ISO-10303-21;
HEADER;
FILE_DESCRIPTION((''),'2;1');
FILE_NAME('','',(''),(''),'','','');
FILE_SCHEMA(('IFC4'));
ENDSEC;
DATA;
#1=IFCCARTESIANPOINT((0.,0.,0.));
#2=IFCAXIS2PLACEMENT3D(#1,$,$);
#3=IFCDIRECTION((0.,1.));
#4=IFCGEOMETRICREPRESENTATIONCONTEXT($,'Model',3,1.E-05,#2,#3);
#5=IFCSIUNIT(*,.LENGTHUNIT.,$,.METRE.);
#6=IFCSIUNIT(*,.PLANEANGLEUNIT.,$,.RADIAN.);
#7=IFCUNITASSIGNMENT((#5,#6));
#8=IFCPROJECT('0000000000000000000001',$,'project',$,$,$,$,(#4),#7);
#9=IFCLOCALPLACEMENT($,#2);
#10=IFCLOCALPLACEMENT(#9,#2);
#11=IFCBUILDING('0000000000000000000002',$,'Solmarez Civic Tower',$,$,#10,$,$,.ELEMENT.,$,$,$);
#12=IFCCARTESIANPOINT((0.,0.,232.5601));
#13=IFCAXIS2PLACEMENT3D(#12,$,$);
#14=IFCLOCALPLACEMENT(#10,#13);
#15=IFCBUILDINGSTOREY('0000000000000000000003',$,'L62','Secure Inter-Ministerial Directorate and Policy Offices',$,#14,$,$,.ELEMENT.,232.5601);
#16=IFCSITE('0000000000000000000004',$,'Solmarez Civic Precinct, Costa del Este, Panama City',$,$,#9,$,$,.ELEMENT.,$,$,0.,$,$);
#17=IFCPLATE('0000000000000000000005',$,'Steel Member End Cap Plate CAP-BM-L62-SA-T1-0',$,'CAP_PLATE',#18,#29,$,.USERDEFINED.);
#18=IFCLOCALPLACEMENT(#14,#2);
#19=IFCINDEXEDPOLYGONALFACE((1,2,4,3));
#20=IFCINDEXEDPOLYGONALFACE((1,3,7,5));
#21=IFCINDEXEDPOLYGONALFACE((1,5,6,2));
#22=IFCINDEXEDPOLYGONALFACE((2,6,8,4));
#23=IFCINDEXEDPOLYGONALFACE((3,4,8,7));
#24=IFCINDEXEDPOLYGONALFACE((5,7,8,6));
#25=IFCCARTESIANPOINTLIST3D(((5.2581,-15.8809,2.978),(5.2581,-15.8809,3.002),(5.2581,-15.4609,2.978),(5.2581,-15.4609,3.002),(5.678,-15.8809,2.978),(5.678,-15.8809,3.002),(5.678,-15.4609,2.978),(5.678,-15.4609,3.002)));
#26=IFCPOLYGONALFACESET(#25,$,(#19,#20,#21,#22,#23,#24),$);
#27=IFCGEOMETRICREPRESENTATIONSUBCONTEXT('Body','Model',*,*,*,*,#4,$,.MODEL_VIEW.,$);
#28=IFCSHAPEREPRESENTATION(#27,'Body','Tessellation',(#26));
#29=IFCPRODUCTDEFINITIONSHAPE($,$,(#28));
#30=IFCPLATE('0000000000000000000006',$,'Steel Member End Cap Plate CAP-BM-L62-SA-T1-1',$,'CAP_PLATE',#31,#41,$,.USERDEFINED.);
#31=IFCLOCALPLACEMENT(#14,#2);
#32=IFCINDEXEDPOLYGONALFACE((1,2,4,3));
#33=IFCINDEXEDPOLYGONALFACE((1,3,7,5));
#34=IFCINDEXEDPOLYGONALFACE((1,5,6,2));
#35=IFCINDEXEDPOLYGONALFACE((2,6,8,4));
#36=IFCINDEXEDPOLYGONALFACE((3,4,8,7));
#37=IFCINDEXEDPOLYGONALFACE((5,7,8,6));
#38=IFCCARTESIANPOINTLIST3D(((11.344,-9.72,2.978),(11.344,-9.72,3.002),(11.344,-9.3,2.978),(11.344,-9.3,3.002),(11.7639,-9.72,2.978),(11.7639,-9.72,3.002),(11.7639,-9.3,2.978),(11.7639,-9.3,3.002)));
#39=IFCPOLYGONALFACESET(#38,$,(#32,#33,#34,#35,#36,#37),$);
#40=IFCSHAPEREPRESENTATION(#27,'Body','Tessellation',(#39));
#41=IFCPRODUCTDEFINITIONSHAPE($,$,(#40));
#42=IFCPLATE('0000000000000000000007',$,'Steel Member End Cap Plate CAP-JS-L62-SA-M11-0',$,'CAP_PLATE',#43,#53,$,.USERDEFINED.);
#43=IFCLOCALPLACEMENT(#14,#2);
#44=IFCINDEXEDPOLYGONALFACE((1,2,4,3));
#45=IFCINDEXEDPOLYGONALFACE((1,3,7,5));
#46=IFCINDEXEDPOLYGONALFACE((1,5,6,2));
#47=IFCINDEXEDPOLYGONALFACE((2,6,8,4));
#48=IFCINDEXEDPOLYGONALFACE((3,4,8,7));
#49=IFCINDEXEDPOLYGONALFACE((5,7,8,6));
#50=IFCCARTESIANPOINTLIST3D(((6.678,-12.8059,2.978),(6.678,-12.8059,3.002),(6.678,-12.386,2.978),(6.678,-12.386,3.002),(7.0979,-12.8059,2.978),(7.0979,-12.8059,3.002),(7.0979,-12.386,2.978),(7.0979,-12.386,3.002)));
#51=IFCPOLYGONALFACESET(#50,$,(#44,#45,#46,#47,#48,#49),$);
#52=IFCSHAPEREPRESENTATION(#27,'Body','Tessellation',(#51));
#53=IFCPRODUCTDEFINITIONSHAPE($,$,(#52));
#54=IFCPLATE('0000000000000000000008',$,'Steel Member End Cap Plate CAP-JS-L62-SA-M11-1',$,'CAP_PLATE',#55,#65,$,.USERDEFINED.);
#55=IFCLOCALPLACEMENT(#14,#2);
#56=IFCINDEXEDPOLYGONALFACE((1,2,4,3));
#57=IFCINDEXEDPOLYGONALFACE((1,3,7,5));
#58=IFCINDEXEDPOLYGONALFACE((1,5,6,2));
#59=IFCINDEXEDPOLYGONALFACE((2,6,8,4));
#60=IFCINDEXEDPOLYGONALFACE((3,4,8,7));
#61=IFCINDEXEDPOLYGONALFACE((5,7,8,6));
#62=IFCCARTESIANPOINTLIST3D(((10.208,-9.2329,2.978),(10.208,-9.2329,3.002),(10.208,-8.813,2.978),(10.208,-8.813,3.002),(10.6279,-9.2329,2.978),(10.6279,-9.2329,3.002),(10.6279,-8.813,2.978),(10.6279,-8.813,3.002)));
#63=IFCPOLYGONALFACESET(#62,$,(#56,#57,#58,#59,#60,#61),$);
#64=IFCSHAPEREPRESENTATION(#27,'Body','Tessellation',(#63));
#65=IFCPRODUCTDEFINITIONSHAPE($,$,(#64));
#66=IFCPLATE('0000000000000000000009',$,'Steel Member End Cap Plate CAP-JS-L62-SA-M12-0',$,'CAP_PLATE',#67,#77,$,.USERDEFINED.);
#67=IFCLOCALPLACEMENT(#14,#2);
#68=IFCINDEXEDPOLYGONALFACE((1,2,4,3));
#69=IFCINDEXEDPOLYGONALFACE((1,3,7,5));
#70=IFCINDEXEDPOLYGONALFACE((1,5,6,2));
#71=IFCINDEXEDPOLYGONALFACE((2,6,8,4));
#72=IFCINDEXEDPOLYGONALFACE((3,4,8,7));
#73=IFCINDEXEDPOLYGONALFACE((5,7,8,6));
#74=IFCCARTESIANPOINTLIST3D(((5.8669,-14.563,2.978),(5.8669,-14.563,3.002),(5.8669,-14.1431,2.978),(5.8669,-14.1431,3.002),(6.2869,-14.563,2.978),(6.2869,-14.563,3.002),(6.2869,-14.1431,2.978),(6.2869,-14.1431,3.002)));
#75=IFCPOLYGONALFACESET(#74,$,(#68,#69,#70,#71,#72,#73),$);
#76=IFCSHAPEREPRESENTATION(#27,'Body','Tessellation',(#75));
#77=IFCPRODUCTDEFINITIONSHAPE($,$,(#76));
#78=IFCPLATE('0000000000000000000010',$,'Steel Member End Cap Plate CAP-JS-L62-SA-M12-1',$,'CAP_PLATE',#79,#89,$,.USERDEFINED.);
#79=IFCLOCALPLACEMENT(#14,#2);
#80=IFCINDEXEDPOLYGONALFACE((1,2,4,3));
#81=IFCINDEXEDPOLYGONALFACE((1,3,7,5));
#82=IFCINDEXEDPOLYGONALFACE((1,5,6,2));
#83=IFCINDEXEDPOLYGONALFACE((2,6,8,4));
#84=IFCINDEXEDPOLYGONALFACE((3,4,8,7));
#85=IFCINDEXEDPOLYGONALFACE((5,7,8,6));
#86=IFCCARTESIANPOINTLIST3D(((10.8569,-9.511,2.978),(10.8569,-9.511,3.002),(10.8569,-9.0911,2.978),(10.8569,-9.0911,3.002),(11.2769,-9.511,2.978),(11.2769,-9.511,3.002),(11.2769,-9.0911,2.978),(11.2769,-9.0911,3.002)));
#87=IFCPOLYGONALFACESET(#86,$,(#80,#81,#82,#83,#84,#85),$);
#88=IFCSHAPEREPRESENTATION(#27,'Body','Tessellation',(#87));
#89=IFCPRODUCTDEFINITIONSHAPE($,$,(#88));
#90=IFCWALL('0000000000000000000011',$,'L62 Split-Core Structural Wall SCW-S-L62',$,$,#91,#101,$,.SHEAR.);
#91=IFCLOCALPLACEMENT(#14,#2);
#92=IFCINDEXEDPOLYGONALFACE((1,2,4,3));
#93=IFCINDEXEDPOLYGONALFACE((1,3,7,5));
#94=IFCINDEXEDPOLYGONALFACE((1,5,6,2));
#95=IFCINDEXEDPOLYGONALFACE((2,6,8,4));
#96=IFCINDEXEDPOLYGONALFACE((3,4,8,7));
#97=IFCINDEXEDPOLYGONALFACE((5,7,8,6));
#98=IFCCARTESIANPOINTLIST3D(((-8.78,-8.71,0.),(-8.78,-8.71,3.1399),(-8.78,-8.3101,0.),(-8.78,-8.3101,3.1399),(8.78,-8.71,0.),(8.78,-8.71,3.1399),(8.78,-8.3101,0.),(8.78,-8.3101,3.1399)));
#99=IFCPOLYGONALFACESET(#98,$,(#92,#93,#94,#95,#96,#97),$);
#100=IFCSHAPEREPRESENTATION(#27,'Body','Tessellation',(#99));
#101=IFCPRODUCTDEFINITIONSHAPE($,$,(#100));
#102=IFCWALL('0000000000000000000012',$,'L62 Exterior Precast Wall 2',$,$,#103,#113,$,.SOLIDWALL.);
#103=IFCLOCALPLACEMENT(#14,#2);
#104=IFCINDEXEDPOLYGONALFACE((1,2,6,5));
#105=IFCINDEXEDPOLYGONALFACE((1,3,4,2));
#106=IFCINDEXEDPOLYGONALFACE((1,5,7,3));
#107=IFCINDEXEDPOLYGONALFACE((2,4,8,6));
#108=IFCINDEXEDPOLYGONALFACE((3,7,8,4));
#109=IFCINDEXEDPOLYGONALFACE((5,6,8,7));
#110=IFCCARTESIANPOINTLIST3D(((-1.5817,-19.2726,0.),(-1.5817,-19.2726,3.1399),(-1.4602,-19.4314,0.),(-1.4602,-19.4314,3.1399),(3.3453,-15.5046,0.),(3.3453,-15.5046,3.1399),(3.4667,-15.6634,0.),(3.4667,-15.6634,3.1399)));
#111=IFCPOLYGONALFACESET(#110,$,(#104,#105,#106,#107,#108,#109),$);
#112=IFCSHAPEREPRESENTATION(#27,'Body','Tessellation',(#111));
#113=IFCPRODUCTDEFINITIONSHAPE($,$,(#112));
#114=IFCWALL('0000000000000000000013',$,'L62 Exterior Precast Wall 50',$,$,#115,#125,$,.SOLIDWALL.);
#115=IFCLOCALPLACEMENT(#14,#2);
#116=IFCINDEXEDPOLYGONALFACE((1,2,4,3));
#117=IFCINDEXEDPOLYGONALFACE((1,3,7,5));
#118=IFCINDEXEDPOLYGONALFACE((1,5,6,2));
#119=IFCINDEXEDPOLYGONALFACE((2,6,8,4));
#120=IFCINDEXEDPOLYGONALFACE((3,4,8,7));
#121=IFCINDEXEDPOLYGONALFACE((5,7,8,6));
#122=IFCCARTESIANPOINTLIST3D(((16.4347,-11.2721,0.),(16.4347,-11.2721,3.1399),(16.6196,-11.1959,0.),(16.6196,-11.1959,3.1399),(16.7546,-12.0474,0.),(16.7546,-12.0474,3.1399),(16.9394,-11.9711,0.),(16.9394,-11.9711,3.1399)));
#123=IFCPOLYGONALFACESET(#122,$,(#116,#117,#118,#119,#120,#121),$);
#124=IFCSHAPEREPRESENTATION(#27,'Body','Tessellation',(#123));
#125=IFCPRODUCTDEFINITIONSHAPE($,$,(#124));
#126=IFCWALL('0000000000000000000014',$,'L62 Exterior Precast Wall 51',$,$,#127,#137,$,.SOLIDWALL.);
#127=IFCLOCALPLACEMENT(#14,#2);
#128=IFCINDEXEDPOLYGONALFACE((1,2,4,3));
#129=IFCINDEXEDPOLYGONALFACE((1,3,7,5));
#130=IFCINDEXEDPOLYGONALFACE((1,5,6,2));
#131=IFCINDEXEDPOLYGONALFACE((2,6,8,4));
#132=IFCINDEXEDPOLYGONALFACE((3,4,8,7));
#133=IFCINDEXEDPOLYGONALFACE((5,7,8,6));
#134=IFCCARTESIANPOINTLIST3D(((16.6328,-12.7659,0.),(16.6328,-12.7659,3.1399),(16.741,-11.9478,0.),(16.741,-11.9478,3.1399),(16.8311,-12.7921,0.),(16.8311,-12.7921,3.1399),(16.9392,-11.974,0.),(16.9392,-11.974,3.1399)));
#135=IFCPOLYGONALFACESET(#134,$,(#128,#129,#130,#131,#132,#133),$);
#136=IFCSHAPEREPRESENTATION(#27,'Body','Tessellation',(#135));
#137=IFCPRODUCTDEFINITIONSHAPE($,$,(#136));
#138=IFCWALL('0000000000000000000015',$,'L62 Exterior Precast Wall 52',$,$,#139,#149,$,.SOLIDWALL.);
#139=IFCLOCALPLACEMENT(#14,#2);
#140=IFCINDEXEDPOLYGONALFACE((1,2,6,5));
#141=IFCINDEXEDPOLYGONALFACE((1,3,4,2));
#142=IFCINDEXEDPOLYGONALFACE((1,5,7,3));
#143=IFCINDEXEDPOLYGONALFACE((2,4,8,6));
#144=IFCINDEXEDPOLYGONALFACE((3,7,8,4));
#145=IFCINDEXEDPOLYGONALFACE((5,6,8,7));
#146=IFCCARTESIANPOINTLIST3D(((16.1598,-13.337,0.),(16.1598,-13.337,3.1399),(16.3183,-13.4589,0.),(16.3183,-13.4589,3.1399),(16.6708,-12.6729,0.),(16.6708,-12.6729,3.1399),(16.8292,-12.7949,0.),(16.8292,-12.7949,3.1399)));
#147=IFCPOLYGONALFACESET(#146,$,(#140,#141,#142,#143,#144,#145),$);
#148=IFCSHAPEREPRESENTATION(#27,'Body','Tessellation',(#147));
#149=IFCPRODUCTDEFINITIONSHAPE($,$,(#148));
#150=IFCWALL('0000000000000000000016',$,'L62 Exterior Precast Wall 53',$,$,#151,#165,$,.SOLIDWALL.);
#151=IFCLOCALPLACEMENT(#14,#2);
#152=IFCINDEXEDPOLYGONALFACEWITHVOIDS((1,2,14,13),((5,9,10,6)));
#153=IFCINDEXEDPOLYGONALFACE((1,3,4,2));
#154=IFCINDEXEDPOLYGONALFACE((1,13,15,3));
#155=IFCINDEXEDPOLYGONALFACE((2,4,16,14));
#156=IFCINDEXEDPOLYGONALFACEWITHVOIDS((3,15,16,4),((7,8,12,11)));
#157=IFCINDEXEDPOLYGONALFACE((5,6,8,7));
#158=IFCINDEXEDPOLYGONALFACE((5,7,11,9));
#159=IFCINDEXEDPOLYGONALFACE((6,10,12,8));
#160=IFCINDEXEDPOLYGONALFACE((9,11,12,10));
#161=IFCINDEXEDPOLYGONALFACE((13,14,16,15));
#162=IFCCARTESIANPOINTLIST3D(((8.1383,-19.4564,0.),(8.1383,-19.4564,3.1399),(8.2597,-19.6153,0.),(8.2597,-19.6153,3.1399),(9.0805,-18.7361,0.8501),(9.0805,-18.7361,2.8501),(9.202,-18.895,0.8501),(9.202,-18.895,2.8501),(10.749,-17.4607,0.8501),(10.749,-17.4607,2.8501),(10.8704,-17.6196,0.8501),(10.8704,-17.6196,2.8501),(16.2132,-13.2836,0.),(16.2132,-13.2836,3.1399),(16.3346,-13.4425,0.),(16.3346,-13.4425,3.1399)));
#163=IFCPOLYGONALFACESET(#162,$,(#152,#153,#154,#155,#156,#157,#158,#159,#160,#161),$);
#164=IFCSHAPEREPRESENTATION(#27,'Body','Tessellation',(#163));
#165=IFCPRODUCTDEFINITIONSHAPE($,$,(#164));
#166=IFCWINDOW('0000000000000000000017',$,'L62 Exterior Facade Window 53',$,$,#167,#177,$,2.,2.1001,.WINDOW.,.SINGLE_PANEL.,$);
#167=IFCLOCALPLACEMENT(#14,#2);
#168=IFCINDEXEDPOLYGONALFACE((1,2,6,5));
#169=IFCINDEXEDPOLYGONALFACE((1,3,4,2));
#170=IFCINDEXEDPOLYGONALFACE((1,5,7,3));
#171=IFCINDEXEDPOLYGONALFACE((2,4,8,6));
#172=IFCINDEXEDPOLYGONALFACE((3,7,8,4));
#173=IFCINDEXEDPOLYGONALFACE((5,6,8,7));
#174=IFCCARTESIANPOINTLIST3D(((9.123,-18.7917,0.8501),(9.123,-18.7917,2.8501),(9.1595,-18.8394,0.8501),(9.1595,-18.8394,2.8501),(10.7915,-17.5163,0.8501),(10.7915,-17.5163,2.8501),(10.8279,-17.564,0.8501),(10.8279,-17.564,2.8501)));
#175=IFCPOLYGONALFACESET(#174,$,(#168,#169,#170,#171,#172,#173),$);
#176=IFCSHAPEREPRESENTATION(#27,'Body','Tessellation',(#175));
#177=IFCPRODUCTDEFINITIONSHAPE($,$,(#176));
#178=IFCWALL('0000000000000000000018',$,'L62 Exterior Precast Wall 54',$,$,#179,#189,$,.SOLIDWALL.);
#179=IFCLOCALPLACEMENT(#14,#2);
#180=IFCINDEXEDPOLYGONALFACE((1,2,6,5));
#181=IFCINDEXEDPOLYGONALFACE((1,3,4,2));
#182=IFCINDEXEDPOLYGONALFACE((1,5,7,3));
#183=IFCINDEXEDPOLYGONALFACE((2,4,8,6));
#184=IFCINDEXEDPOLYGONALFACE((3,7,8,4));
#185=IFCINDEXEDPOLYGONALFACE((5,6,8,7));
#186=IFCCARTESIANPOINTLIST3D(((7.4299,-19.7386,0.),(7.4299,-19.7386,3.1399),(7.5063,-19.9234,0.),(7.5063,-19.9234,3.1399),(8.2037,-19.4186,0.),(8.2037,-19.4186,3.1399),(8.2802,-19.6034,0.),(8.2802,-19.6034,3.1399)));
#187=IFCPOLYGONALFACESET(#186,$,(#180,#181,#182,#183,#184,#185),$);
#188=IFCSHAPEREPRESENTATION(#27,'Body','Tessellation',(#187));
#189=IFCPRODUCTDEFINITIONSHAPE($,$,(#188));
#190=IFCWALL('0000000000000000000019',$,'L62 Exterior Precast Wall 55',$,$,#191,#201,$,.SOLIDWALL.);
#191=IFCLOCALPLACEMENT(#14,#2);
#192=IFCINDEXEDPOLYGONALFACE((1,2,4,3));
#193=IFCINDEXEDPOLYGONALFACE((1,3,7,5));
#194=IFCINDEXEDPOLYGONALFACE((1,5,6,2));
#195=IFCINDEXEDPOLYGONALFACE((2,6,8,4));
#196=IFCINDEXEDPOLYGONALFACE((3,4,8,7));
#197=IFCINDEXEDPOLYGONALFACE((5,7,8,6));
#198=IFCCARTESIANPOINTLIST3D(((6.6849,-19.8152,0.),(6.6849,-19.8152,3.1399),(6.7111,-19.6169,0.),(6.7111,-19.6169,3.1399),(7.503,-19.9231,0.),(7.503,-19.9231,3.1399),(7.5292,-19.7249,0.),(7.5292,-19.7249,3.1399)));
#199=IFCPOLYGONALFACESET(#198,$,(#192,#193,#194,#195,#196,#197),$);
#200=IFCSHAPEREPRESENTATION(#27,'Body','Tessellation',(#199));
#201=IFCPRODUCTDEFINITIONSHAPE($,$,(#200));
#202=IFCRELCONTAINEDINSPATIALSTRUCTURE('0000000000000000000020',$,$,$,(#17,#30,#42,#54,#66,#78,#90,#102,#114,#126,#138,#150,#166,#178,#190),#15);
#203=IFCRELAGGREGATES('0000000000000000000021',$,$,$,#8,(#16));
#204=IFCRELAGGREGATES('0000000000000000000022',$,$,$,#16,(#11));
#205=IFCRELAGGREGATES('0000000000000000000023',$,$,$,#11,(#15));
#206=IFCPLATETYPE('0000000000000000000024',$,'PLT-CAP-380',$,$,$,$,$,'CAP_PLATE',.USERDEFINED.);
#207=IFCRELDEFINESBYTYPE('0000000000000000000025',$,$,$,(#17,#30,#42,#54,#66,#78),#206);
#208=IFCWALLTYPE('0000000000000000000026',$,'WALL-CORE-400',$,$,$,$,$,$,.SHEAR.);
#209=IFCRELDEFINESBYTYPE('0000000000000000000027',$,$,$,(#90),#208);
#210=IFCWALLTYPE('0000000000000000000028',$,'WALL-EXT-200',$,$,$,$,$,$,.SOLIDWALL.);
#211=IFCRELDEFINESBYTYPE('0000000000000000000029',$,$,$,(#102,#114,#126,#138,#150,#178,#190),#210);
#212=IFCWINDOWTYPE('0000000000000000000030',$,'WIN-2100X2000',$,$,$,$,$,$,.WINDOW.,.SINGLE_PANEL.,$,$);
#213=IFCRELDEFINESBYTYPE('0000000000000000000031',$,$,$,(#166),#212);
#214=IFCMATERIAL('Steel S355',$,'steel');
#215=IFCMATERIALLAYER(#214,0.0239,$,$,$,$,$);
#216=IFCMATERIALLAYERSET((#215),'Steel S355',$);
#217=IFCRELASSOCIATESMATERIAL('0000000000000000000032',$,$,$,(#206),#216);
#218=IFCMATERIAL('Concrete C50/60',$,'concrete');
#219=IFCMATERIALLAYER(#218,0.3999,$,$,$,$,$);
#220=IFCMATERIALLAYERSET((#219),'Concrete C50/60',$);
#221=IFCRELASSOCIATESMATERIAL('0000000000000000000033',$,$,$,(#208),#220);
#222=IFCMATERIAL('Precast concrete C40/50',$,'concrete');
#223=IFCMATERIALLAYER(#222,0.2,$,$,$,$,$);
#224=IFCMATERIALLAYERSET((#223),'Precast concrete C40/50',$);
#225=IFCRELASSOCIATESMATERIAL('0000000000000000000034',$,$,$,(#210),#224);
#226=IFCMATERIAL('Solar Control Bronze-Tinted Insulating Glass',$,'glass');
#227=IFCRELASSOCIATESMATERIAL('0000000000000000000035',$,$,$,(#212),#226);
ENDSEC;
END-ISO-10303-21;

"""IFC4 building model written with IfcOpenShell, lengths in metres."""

from ifc_helpers import new_model, si_unit, direction, frame, frame_2d, origin, origin_2d, place, context, subcontext, project, spatial, rectangle, extrude, material, layer, layer_set, type_object, element, fill, save


model = new_model("IFC4")

# Units and contexts
model_context = context("Model", 3, precision=1e-05, world=origin(), true_north=direction((0.0, 1.0)))
body_context = subcontext(model_context, "Body", "Model", "MODEL_VIEW")
ifc_project = project(units=[si_unit("LENGTHUNIT", "METRE"), si_unit("PLANEANGLEUNIT", "RADIAN")], contexts=[model_context])

# Site, building, storey
site_placement = place(None, origin())
site = spatial("IfcSite", under=ifc_project, at=site_placement, Name="Solmarez Civic Precinct, Costa del Este, Panama City", CompositionType="ELEMENT", RefElevation=0.0)
building_placement = place(site_placement, origin())
building = spatial("IfcBuilding", under=site, at=building_placement, Name="Solmarez Civic Tower", CompositionType="ELEMENT")
storey_placement = place(building_placement, frame((0.0, 0.0, 232.5601)))
storey = spatial("IfcBuildingStorey", under=building, at=storey_placement, Name="L62", Description="Secure Inter-Ministerial Directorate and Policy Offices", CompositionType="ELEMENT", Elevation=232.5601)

# Shared definitions
ifc_material_1 = material(Name="Concrete C50/60", Category="concrete")
ifc_material_2 = material(Name="Steel S355", Category="steel")

# Plates
ifc_layer_1 = layer(ifc_material_2, 0.0239)
ifc_layer_set_1 = layer_set([ifc_layer_1], Name="Steel S355")
plate_type = type_object("IfcPlateType", Name="PLT-CAP-380", ElementType="CAP_PLATE", PredefinedType="USERDEFINED", material=ifc_layer_set_1)
for number, where, z_axis, x_axis, name in (
    (1, (5.468, -15.6709, 2.978), (0.0, 0.0, 1.0), (1.0, 0.0, 0.0), "Steel Member End Cap Plate CAP-BM-L62-SA-T1-0"),
    (2, (11.554, -9.51, 2.978), (0.0, 0.0, 1.0), (1.0, 0.0, 0.0), "Steel Member End Cap Plate CAP-BM-L62-SA-T1-1"),
    (3, (6.8879, -12.5959, 2.978), (0.0, 0.0, 1.0), (1.0, 0.0, 0.0), "Steel Member End Cap Plate CAP-JS-L62-SA-M11-0"),
    (4, (10.418, -9.0229, 2.978), (0.0, 0.0, 1.0), (1.0, 0.0, 0.0), "Steel Member End Cap Plate CAP-JS-L62-SA-M11-1"),
    (5, (6.0769, -14.353, 2.978), (0.0, 0.0, 1.0), (1.0, 0.0, 0.0), "Steel Member End Cap Plate CAP-JS-L62-SA-M12-0"),
    (6, (11.0669, -9.301, 2.978), (0.0, 0.0, 1.0), (1.0, 0.0, 0.0), "Steel Member End Cap Plate CAP-JS-L62-SA-M12-1"),
):
    element("IfcPlate", number, at=place(storey_placement, frame(where, z_axis=z_axis, x_axis=x_axis)), inside=storey, type_object=plate_type, Name=name, ObjectType="CAP_PLATE", PredefinedType="USERDEFINED", context=body_context, shape_type="SweptSolid", body=[
        extrude(rectangle(XDim=0.4199, YDim=0.4199, at=origin_2d()), origin(), (0.0, 0.0, 1.0), 0.0239),
    ])

# Walls
ifc_layer_2 = layer(ifc_material_1, 0.3999)
ifc_layer_set_2 = layer_set([ifc_layer_2], Name="Concrete C50/60")
wall_type_1 = type_object("IfcWallType", Name="WALL-CORE-400", PredefinedType="SHEAR", material=ifc_layer_set_2)
wall_1_placement = place(storey_placement, frame((8.78, -8.51, 0.0), z_axis=(0.0, 0.0, 1.0), x_axis=(-1.0, 0.0, 0.0)))
element("IfcWall", 7, at=wall_1_placement, inside=storey, type_object=wall_type_1, Name="L62 Split-Core Structural Wall SCW-S-L62", PredefinedType="SHEAR", context=body_context, shape_type="SweptSolid", body=[
    extrude(rectangle(XDim=17.5601, YDim=0.3999, at=frame_2d((8.78, 0.0))), origin(), (0.0, 0.0, 1.0), 3.1399),
])
ifc_material_3 = material(Name="Precast concrete C40/50", Category="concrete")
ifc_layer_3 = layer(ifc_material_3, 0.2)
ifc_layer_set_3 = layer_set([ifc_layer_3], Name="Precast concrete C40/50")
wall_type_2 = type_object("IfcWallType", Name="WALL-EXT-200", PredefinedType="SOLIDWALL", material=ifc_layer_set_3)
wall_2_placement = place(storey_placement, frame((3.406, -15.584, 0.0), z_axis=(0.0, 0.0, 1.0), x_axis=(-0.79433, -0.607487, 0.0)))
element("IfcWall", 8, at=wall_2_placement, inside=storey, type_object=wall_type_2, Name="L62 Exterior Precast Wall 2", PredefinedType="SOLIDWALL", context=body_context, shape_type="SweptSolid", body=[
    extrude(rectangle(XDim=6.2026, YDim=0.2, at=frame_2d((3.1013, 0.0))), origin(), (0.0, 0.0, 1.0), 3.1399),
])
wall_3_placement = place(storey_placement, frame((16.5271, -11.2339, 0.0), z_axis=(0.0, 0.0, 1.0), x_axis=(0.381409, -0.924407, 0.0)))
element("IfcWall", 9, at=wall_3_placement, inside=storey, type_object=wall_type_2, Name="L62 Exterior Precast Wall 50", PredefinedType="SOLIDWALL", context=body_context, shape_type="SweptSolid", body=[
    extrude(rectangle(XDim=0.8386, YDim=0.2, at=frame_2d((0.4194, 0.0))), origin(), (0.0, 0.0, 1.0), 3.1399),
])
wall_4_placement = place(storey_placement, frame((16.8401, -11.9609, 0.0), z_axis=(0.0, 0.0, 1.0), x_axis=(-0.131059, -0.991375, 0.0)))
element("IfcWall", 10, at=wall_4_placement, inside=storey, type_object=wall_type_2, Name="L62 Exterior Precast Wall 51", PredefinedType="SOLIDWALL", context=body_context, shape_type="SweptSolid", body=[
    extrude(rectangle(XDim=0.8252, YDim=0.2, at=frame_2d((0.4126, 0.0))), origin(), (0.0, 0.0, 1.0), 3.1399),
])
wall_5_placement = place(storey_placement, frame((16.75, -12.7339, 0.0), z_axis=(0.0, 0.0, 1.0), x_axis=(-0.609837, -0.792526, 0.0)))
element("IfcWall", 11, at=wall_5_placement, inside=storey, type_object=wall_type_2, Name="L62 Exterior Precast Wall 52", PredefinedType="SOLIDWALL", context=body_context, shape_type="SweptSolid", body=[
    extrude(rectangle(XDim=0.8379, YDim=0.2, at=frame_2d((0.4189, 0.0))), origin(), (0.0, 0.0, 1.0), 3.1399),
])

# Wall, opening, window
wall_6_placement = place(storey_placement, frame((16.2739, -13.363, 0.0), z_axis=(0.0, 0.0, 1.0), x_axis=(-0.794458, -0.607319, 0.0)))
wall_6 = element("IfcWall", 12, at=wall_6_placement, inside=storey, type_object=wall_type_2, Name="L62 Exterior Precast Wall 53", PredefinedType="SOLIDWALL", context=body_context, shape_type="SweptSolid", body=[
    extrude(rectangle(XDim=10.1641, YDim=0.2, at=frame_2d((5.082, 0.0))), origin(), (0.0, 0.0, 1.0), 3.1399),
])
opening_1_placement = place(wall_6_placement, frame((6.8779, 0.0, 0.8501)))
opening_1 = element("IfcOpeningElement", 13, at=opening_1_placement, cuts=wall_6, PredefinedType="OPENING", context=body_context, shape_type="SweptSolid", body=[
    extrude(rectangle(XDim=2.1001, YDim=2.0, at=frame_2d((1.05, 1.0))), frame((0.0, 0.1099, 0.0), z_axis=(0.0, -1.0, 0.0), x_axis=(1.0, 0.0, 0.0)), (0.0, 0.0, 1.0), 0.22),
])
ifc_material_4 = material(Name="Solar Control Bronze-Tinted Insulating Glass", Category="glass")
window_type = type_object("IfcWindowType", Name="WIN-2100X2000", PartitioningType="SINGLE_PANEL", PredefinedType="WINDOW", material=ifc_material_4)
window_placement = place(opening_1_placement, origin())
window = element("IfcWindow", 14, at=window_placement, inside=storey, type_object=window_type, Name="L62 Exterior Facade Window 53", OverallHeight=2.0, OverallWidth=2.1001, PartitioningType="SINGLE_PANEL", PredefinedType="WINDOW", context=body_context, shape_type="SweptSolid", body=[
    extrude(rectangle(XDim=2.1001, YDim=2.0, at=frame_2d((1.05, 1.0))), frame((0.0, 0.03, 0.0), z_axis=(0.0, -1.0, 0.0), x_axis=(1.0, 0.0, 0.0)), (0.0, 0.0, 1.0), 0.0601),
])
fill(opening_1, window)

# Walls
wall_7_placement = place(storey_placement, frame((8.2419, -19.511, 0.0), z_axis=(0.0, 0.0, 1.0), x_axis=(-0.924091, -0.382172, 0.0)))
element("IfcWall", 15, at=wall_7_placement, inside=storey, type_object=wall_type_2, Name="L62 Exterior Precast Wall 54", PredefinedType="SOLIDWALL", context=body_context, shape_type="SweptSolid", body=[
    extrude(rectangle(XDim=0.8374, YDim=0.2, at=frame_2d((0.4187, 0.0))), origin(), (0.0, 0.0, 1.0), 3.1399),
])
wall_8_placement = place(storey_placement, frame((7.5161, -19.824, 0.0), z_axis=(0.0, 0.0, 1.0), x_axis=(-0.991413, 0.130768, 0.0)))
element("IfcWall", 16, at=wall_8_placement, inside=storey, type_object=wall_type_2, Name="L62 Exterior Precast Wall 55", PredefinedType="SOLIDWALL", context=body_context, shape_type="SweptSolid", body=[
    extrude(rectangle(XDim=0.8252, YDim=0.2, at=frame_2d((0.4126, 0.0))), origin(), (0.0, 0.0, 1.0), 3.1399),
])

save(model, "model.ifc")
